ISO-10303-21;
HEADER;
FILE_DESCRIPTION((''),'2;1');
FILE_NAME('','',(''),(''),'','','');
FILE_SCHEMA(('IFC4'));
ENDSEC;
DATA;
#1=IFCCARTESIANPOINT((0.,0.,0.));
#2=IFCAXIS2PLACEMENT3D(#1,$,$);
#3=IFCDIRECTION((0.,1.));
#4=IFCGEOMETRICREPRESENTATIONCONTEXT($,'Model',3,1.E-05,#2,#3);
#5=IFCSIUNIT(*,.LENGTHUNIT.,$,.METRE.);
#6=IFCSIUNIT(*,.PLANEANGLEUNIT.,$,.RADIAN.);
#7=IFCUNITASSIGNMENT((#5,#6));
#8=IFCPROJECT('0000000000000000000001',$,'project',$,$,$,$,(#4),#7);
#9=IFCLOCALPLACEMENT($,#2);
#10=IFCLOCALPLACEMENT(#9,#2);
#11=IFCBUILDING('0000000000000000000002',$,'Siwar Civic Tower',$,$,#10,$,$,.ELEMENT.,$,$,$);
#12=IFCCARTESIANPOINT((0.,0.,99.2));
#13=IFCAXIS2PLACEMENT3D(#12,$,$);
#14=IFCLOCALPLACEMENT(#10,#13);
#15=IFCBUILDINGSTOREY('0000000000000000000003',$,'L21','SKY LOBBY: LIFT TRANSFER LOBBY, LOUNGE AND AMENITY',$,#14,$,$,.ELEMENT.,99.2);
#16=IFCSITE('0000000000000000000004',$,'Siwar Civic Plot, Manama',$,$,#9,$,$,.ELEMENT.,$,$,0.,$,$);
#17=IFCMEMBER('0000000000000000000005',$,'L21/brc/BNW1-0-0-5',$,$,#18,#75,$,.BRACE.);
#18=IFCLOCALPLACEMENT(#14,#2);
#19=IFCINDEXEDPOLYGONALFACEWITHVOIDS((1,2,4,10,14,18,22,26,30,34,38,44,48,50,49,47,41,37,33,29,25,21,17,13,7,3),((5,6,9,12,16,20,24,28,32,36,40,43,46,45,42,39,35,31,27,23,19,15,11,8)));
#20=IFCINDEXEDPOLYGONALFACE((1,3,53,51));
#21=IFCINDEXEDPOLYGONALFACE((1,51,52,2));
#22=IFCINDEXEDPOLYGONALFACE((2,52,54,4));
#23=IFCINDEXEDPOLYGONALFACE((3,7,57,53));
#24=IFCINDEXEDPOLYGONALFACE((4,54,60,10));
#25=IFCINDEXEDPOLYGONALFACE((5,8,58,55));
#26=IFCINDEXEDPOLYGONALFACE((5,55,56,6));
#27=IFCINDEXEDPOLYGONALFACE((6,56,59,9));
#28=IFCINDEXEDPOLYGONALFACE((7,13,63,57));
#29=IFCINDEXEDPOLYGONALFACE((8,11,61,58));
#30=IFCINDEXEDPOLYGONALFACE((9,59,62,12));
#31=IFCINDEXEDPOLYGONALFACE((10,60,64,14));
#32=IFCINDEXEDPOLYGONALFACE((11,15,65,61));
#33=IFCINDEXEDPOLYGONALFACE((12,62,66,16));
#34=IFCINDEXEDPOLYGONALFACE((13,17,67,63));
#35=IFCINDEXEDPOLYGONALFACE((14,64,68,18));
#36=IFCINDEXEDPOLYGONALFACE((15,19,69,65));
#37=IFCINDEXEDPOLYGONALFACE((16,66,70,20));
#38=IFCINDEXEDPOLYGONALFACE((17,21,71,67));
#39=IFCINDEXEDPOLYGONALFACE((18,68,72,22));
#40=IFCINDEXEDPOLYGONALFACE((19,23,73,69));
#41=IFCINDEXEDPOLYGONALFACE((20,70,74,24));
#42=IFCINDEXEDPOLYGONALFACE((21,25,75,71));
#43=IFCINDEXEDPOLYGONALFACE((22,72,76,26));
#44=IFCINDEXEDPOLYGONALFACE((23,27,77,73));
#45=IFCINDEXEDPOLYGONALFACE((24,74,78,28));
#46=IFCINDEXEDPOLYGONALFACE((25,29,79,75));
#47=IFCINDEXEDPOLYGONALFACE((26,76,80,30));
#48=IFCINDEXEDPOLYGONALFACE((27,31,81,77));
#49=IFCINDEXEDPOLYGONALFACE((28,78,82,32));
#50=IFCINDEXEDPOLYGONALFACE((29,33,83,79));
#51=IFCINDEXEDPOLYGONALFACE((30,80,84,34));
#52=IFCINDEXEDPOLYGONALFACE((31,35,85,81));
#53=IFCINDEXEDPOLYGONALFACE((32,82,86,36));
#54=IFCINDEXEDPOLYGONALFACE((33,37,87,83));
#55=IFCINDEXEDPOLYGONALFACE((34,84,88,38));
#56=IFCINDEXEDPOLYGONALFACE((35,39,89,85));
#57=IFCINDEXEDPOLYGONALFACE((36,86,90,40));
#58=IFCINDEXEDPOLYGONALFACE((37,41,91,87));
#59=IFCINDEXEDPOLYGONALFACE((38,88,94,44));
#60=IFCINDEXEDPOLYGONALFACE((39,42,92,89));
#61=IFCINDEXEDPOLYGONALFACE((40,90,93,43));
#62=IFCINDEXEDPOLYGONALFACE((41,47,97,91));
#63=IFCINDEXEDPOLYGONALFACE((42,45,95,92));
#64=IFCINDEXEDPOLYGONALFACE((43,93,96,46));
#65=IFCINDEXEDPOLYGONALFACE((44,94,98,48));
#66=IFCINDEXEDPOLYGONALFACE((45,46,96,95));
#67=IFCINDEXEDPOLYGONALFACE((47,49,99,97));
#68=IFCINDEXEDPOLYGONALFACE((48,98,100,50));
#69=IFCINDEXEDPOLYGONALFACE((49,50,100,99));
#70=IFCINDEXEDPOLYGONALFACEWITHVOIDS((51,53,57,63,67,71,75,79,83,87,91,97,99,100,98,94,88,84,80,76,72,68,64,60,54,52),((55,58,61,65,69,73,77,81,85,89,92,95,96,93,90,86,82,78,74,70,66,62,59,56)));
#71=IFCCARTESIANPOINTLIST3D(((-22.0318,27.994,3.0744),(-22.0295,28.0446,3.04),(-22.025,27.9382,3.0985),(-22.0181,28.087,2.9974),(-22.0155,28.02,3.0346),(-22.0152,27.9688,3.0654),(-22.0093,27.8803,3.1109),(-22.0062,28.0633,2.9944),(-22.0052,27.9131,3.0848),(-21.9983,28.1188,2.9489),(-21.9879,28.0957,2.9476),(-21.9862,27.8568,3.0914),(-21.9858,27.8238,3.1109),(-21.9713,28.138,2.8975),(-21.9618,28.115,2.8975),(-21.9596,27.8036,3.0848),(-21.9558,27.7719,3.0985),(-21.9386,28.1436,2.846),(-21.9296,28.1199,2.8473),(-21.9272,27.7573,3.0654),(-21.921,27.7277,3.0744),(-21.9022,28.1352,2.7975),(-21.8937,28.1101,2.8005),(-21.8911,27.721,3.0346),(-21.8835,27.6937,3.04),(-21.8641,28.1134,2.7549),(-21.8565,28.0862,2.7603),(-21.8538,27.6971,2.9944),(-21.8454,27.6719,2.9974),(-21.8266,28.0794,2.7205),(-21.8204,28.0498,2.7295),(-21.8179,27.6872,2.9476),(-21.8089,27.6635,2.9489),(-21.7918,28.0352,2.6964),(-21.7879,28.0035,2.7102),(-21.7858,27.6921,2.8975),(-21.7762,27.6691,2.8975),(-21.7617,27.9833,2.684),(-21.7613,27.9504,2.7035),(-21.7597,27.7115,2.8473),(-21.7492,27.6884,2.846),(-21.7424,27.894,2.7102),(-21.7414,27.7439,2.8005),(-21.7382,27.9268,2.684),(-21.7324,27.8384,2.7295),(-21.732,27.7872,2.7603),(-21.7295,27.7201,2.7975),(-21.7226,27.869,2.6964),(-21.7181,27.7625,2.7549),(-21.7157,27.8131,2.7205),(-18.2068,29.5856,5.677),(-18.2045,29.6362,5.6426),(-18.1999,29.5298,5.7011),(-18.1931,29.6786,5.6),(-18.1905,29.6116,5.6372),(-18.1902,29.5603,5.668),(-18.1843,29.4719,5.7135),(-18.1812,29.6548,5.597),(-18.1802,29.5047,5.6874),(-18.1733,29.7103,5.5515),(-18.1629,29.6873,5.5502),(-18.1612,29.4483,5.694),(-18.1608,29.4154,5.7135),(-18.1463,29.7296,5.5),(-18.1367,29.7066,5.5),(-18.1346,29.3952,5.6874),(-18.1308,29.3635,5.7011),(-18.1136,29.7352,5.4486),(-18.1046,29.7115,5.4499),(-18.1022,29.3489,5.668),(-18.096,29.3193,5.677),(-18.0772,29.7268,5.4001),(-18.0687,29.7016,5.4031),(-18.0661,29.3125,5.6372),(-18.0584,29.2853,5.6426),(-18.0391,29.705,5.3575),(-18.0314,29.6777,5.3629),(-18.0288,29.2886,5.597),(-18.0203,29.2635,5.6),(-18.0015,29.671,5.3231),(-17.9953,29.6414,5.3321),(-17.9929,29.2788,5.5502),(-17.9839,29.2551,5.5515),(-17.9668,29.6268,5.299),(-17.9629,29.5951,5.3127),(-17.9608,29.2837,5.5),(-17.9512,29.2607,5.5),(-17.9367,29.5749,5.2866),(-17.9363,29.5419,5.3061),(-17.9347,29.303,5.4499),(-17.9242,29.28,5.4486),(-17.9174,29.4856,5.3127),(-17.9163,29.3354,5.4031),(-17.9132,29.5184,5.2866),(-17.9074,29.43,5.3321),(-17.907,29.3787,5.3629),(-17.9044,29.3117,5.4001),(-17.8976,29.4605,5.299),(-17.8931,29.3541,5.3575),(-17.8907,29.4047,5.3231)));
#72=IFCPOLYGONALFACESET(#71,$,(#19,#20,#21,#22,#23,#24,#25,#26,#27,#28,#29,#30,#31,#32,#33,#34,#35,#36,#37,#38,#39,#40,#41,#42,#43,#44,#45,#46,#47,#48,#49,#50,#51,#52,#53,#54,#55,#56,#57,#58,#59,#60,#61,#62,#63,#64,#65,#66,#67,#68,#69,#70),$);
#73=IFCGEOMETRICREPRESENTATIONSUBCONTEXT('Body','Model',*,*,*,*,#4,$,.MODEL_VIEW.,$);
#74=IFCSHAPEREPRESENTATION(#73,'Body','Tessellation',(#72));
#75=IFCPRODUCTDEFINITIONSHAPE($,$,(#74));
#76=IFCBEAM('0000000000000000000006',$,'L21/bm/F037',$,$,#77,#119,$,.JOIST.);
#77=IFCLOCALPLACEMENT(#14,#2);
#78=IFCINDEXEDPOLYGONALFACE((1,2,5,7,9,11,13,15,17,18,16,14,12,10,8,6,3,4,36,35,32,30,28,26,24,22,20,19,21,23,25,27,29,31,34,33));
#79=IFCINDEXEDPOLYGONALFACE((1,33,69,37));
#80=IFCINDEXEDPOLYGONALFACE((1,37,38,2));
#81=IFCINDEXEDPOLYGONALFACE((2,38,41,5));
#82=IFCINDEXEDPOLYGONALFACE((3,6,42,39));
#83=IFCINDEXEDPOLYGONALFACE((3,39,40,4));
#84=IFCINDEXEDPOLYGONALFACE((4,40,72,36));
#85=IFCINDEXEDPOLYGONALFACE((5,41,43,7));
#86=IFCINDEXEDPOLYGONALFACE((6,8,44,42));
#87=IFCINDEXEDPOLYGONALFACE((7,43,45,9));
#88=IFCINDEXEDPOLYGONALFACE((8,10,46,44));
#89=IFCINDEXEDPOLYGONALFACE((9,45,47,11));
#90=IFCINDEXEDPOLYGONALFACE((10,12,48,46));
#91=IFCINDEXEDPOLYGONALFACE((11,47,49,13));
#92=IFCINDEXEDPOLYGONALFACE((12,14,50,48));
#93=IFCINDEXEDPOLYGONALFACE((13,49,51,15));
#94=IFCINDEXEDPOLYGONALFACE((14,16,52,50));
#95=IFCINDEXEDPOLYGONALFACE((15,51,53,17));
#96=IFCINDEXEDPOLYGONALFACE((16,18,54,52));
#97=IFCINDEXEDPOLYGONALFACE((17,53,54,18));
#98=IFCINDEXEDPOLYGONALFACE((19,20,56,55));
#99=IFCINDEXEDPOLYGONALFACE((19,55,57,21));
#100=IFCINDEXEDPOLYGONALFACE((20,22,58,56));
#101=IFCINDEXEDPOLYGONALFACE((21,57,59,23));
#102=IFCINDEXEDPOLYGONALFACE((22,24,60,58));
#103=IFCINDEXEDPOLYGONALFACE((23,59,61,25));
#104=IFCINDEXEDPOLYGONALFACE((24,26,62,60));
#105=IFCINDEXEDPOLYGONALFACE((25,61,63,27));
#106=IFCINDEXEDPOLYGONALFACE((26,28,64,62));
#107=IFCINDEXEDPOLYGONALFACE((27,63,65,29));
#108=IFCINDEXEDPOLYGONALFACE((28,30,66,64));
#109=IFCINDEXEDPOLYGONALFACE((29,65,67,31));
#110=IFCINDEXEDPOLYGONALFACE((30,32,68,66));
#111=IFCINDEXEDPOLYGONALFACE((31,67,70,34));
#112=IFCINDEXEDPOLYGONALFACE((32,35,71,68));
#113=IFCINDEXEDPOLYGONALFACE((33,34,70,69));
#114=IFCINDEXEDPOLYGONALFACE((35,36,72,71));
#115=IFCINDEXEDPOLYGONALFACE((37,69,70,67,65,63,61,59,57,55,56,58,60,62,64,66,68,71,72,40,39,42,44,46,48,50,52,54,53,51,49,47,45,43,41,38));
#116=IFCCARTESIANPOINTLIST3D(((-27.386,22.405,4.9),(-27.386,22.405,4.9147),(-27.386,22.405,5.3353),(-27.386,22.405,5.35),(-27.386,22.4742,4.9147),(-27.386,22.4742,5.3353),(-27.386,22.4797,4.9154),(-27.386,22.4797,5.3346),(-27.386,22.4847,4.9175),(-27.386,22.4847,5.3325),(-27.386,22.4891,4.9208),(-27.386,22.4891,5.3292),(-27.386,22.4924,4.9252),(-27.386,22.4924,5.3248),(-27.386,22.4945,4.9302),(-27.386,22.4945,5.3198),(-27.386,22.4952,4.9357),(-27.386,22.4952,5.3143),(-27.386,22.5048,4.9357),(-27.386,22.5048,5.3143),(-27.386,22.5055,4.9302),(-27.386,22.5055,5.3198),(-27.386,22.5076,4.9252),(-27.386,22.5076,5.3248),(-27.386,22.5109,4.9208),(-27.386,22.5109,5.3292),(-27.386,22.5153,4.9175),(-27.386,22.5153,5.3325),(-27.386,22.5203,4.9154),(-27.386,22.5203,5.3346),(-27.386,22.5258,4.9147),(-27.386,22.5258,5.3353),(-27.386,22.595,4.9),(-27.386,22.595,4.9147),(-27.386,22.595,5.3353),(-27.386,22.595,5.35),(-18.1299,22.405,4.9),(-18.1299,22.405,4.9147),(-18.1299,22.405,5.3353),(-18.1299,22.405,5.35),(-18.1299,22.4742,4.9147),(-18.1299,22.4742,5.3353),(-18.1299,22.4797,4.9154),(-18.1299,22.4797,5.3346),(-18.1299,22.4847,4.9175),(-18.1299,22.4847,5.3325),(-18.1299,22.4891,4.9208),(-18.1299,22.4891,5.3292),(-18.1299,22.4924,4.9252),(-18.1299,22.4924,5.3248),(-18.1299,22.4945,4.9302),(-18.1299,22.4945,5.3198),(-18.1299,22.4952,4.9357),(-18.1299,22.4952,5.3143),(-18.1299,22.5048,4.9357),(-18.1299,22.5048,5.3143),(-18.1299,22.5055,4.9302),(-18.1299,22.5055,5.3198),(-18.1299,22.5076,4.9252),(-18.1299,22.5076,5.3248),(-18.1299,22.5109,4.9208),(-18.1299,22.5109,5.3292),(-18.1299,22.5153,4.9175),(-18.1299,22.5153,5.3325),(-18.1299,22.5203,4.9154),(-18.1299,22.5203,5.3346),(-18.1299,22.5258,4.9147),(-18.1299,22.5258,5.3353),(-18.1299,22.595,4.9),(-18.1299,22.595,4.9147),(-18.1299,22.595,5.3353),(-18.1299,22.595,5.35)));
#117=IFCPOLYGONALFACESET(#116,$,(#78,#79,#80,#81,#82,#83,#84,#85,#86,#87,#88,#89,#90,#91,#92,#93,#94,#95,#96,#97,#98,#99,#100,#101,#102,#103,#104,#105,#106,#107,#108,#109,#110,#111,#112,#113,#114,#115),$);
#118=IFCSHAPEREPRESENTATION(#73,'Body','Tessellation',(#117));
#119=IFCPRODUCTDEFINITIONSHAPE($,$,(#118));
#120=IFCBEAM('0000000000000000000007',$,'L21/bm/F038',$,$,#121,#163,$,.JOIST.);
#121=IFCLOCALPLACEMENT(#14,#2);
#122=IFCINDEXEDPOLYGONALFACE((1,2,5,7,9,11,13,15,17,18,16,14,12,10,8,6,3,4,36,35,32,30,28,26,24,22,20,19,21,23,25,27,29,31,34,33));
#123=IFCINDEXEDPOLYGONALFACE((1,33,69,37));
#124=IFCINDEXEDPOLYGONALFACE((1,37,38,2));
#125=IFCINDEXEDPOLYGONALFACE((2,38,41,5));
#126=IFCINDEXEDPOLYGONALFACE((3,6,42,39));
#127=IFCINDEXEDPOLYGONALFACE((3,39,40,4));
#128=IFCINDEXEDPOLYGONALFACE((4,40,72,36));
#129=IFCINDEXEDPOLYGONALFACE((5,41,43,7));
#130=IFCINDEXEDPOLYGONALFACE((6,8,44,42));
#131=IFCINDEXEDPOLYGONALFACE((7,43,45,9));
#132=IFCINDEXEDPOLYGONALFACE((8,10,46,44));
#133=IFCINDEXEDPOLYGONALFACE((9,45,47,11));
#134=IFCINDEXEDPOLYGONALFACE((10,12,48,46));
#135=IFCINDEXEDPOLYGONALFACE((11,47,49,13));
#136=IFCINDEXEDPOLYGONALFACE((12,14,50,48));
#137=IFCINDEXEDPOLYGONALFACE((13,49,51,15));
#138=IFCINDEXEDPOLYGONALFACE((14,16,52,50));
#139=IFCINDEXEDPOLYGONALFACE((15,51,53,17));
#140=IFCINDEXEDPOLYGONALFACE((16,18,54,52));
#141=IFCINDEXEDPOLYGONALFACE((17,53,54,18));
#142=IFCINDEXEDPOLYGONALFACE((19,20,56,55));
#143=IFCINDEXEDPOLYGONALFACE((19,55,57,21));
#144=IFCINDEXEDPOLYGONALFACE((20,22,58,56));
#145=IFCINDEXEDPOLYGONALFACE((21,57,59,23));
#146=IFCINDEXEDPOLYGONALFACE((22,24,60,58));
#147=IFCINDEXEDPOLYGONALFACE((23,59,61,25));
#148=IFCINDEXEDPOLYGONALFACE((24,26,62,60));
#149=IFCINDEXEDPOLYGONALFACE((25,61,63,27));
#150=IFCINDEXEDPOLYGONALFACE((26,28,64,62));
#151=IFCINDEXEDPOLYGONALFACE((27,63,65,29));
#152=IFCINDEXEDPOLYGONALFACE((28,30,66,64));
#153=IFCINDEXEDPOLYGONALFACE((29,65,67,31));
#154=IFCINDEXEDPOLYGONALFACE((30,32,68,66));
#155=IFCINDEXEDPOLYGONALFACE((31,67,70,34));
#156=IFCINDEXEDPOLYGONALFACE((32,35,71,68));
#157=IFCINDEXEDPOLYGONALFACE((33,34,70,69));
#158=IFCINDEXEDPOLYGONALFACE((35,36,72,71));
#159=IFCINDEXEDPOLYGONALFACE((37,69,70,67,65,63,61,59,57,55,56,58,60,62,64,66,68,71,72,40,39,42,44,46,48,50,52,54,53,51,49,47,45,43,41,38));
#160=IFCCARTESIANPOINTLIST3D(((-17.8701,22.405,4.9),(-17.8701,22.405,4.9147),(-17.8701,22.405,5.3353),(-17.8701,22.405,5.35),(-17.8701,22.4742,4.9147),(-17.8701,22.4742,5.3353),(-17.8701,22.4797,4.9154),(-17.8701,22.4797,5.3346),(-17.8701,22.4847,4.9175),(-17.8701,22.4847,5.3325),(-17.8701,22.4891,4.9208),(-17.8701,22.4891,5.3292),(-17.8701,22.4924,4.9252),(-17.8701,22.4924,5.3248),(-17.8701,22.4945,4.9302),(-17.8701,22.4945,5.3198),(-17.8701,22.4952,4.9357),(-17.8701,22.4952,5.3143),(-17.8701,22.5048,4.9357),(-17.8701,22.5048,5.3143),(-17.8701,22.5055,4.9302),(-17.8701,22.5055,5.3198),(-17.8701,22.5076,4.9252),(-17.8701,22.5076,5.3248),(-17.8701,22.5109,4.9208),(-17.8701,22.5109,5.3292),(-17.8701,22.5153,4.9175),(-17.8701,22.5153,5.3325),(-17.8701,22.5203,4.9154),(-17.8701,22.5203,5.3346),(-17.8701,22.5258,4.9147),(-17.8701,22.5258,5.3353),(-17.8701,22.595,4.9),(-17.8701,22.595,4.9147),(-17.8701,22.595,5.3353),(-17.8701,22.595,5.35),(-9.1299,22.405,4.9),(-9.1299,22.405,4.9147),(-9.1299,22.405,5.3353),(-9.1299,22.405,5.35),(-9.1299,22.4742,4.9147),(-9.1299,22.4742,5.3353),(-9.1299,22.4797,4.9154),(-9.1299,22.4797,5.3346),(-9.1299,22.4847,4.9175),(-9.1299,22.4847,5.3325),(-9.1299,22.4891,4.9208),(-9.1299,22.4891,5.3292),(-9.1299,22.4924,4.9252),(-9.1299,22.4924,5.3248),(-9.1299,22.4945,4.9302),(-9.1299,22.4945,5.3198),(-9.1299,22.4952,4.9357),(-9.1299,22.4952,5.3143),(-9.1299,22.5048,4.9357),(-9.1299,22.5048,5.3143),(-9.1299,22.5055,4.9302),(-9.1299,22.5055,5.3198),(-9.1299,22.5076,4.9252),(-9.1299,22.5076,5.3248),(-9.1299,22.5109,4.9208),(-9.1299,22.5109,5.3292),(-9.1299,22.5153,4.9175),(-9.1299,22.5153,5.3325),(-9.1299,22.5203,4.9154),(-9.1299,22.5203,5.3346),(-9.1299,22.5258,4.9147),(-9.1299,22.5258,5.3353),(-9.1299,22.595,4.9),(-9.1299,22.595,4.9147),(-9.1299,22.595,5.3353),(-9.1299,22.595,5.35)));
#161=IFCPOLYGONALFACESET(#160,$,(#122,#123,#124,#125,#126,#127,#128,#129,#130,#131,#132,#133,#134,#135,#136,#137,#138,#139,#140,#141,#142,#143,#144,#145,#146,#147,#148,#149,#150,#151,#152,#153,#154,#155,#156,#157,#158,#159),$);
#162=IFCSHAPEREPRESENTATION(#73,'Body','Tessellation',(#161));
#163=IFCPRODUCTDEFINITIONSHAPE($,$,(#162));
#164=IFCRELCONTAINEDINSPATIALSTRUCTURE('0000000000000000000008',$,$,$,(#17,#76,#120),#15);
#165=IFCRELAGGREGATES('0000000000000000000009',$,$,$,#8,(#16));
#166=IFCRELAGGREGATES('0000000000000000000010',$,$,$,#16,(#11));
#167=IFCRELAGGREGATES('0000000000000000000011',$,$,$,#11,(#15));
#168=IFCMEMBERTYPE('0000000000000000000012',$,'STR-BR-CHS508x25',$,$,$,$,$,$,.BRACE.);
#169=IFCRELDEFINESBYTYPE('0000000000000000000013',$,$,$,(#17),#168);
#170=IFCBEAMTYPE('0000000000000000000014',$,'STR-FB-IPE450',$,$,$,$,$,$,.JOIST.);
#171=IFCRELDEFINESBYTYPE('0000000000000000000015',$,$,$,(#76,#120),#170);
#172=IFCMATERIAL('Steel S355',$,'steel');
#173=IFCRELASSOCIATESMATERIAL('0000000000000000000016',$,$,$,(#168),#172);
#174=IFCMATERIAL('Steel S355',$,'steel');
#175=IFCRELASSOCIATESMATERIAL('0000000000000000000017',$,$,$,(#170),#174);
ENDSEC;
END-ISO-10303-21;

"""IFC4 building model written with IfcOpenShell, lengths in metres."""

from ifc_helpers import new_model, si_unit, direction, frame, origin, origin_2d, place, context, subcontext, project, spatial, hollow_circle, i_section, extrude, material, material_profile, profile_set, type_object, element, save


model = new_model("IFC4")

# Units and contexts
model_context = context("Model", 3, precision=1e-05, world=origin(), true_north=direction((0.0, 1.0)))
body_context = subcontext(model_context, "Body", "Model", "MODEL_VIEW")
ifc_project = project(units=[si_unit("LENGTHUNIT", "METRE"), si_unit("PLANEANGLEUNIT", "RADIAN")], contexts=[model_context])

# Site, building, storey
site_placement = place(None, origin())
site = spatial("IfcSite", under=ifc_project, at=site_placement, Name="Siwar Civic Plot, Manama", CompositionType="ELEMENT", RefElevation=0.0)
building_placement = place(site_placement, origin())
building = spatial("IfcBuilding", under=site, at=building_placement, Name="Siwar Civic Tower", CompositionType="ELEMENT")
storey_placement = place(building_placement, frame((0.0, 0.0, 99.2)))
storey = spatial("IfcBuildingStorey", under=building, at=storey_placement, Name="L21", Description="SKY LOBBY: LIFT TRANSFER LOBBY, LOUNGE AND AMENITY", CompositionType="ELEMENT", Elevation=99.2)

# Member
ifc_material_1 = material(Name="Steel S355", Category="steel")
ifc_material_profile_1 = material_profile(ifc_material_1, hollow_circle(Radius=0.2539, WallThickness=0.0249, at=origin_2d()), Name="CHS508x25")
ifc_profile_set_1 = profile_set([ifc_material_profile_1], Name="Steel S355")
member_type_1 = type_object("IfcMemberType", Name="STR-BR-CHS508x25", PredefinedType="BRACE", material=ifc_profile_set_1)
member_1_placement = place(storey_placement, frame((-21.8738, 27.9036, 2.8975), z_axis=(0.7818, 0.325305, 0.531945), x_axis=(-0.384168, 0.923263, 0.0)))
element("IfcMember", 1, at=member_1_placement, inside=storey, type_object=member_type_1, Name="L21/brc/BNW1-0-0-5", PredefinedType="BRACE", context=body_context, shape_type="SweptSolid", body=[
    extrude(hollow_circle(Radius=0.2539, WallThickness=0.0249, at=origin_2d()), origin(), (0.0, 0.0, 1.0), 4.8926),
])

# Beams
ifc_material_2 = material(Name="Steel S355", Category="steel")
ifc_material_profile_2 = material_profile(ifc_material_2, i_section(OverallWidth=0.1899, OverallDepth=0.45, WebThickness=0.0095, FlangeThickness=0.0146, FilletRadius=0.021, at=origin_2d()), Name="IPE450")
ifc_profile_set_2 = profile_set([ifc_material_profile_2], Name="Steel S355")
beam_type_1 = type_object("IfcBeamType", Name="STR-FB-IPE450", PredefinedType="JOIST", material=ifc_profile_set_2)
beam_1_placement = place(storey_placement, frame((-27.386, 22.5, 5.125), z_axis=(1.0, 0.0, 0.0), x_axis=(0.0, 1.0, 0.0)))
element("IfcBeam", 2, at=beam_1_placement, inside=storey, type_object=beam_type_1, Name="L21/bm/F037", PredefinedType="JOIST", context=body_context, shape_type="SweptSolid", body=[
    extrude(i_section(OverallWidth=0.1899, OverallDepth=0.45, WebThickness=0.0095, FlangeThickness=0.0146, FilletRadius=0.021, at=origin_2d()), origin(), (0.0, 0.0, 1.0), 9.2561),
])
beam_2_placement = place(storey_placement, frame((-17.8701, 22.5, 5.125), z_axis=(1.0, 0.0, 0.0), x_axis=(0.0, 1.0, 0.0)))
element("IfcBeam", 3, at=beam_2_placement, inside=storey, type_object=beam_type_1, Name="L21/bm/F038", PredefinedType="JOIST", context=body_context, shape_type="SweptSolid", body=[
    extrude(i_section(OverallWidth=0.1899, OverallDepth=0.45, WebThickness=0.0095, FlangeThickness=0.0146, FilletRadius=0.021, at=origin_2d()), origin(), (0.0, 0.0, 1.0), 8.7402),
])

save(model, "model.ifc")
